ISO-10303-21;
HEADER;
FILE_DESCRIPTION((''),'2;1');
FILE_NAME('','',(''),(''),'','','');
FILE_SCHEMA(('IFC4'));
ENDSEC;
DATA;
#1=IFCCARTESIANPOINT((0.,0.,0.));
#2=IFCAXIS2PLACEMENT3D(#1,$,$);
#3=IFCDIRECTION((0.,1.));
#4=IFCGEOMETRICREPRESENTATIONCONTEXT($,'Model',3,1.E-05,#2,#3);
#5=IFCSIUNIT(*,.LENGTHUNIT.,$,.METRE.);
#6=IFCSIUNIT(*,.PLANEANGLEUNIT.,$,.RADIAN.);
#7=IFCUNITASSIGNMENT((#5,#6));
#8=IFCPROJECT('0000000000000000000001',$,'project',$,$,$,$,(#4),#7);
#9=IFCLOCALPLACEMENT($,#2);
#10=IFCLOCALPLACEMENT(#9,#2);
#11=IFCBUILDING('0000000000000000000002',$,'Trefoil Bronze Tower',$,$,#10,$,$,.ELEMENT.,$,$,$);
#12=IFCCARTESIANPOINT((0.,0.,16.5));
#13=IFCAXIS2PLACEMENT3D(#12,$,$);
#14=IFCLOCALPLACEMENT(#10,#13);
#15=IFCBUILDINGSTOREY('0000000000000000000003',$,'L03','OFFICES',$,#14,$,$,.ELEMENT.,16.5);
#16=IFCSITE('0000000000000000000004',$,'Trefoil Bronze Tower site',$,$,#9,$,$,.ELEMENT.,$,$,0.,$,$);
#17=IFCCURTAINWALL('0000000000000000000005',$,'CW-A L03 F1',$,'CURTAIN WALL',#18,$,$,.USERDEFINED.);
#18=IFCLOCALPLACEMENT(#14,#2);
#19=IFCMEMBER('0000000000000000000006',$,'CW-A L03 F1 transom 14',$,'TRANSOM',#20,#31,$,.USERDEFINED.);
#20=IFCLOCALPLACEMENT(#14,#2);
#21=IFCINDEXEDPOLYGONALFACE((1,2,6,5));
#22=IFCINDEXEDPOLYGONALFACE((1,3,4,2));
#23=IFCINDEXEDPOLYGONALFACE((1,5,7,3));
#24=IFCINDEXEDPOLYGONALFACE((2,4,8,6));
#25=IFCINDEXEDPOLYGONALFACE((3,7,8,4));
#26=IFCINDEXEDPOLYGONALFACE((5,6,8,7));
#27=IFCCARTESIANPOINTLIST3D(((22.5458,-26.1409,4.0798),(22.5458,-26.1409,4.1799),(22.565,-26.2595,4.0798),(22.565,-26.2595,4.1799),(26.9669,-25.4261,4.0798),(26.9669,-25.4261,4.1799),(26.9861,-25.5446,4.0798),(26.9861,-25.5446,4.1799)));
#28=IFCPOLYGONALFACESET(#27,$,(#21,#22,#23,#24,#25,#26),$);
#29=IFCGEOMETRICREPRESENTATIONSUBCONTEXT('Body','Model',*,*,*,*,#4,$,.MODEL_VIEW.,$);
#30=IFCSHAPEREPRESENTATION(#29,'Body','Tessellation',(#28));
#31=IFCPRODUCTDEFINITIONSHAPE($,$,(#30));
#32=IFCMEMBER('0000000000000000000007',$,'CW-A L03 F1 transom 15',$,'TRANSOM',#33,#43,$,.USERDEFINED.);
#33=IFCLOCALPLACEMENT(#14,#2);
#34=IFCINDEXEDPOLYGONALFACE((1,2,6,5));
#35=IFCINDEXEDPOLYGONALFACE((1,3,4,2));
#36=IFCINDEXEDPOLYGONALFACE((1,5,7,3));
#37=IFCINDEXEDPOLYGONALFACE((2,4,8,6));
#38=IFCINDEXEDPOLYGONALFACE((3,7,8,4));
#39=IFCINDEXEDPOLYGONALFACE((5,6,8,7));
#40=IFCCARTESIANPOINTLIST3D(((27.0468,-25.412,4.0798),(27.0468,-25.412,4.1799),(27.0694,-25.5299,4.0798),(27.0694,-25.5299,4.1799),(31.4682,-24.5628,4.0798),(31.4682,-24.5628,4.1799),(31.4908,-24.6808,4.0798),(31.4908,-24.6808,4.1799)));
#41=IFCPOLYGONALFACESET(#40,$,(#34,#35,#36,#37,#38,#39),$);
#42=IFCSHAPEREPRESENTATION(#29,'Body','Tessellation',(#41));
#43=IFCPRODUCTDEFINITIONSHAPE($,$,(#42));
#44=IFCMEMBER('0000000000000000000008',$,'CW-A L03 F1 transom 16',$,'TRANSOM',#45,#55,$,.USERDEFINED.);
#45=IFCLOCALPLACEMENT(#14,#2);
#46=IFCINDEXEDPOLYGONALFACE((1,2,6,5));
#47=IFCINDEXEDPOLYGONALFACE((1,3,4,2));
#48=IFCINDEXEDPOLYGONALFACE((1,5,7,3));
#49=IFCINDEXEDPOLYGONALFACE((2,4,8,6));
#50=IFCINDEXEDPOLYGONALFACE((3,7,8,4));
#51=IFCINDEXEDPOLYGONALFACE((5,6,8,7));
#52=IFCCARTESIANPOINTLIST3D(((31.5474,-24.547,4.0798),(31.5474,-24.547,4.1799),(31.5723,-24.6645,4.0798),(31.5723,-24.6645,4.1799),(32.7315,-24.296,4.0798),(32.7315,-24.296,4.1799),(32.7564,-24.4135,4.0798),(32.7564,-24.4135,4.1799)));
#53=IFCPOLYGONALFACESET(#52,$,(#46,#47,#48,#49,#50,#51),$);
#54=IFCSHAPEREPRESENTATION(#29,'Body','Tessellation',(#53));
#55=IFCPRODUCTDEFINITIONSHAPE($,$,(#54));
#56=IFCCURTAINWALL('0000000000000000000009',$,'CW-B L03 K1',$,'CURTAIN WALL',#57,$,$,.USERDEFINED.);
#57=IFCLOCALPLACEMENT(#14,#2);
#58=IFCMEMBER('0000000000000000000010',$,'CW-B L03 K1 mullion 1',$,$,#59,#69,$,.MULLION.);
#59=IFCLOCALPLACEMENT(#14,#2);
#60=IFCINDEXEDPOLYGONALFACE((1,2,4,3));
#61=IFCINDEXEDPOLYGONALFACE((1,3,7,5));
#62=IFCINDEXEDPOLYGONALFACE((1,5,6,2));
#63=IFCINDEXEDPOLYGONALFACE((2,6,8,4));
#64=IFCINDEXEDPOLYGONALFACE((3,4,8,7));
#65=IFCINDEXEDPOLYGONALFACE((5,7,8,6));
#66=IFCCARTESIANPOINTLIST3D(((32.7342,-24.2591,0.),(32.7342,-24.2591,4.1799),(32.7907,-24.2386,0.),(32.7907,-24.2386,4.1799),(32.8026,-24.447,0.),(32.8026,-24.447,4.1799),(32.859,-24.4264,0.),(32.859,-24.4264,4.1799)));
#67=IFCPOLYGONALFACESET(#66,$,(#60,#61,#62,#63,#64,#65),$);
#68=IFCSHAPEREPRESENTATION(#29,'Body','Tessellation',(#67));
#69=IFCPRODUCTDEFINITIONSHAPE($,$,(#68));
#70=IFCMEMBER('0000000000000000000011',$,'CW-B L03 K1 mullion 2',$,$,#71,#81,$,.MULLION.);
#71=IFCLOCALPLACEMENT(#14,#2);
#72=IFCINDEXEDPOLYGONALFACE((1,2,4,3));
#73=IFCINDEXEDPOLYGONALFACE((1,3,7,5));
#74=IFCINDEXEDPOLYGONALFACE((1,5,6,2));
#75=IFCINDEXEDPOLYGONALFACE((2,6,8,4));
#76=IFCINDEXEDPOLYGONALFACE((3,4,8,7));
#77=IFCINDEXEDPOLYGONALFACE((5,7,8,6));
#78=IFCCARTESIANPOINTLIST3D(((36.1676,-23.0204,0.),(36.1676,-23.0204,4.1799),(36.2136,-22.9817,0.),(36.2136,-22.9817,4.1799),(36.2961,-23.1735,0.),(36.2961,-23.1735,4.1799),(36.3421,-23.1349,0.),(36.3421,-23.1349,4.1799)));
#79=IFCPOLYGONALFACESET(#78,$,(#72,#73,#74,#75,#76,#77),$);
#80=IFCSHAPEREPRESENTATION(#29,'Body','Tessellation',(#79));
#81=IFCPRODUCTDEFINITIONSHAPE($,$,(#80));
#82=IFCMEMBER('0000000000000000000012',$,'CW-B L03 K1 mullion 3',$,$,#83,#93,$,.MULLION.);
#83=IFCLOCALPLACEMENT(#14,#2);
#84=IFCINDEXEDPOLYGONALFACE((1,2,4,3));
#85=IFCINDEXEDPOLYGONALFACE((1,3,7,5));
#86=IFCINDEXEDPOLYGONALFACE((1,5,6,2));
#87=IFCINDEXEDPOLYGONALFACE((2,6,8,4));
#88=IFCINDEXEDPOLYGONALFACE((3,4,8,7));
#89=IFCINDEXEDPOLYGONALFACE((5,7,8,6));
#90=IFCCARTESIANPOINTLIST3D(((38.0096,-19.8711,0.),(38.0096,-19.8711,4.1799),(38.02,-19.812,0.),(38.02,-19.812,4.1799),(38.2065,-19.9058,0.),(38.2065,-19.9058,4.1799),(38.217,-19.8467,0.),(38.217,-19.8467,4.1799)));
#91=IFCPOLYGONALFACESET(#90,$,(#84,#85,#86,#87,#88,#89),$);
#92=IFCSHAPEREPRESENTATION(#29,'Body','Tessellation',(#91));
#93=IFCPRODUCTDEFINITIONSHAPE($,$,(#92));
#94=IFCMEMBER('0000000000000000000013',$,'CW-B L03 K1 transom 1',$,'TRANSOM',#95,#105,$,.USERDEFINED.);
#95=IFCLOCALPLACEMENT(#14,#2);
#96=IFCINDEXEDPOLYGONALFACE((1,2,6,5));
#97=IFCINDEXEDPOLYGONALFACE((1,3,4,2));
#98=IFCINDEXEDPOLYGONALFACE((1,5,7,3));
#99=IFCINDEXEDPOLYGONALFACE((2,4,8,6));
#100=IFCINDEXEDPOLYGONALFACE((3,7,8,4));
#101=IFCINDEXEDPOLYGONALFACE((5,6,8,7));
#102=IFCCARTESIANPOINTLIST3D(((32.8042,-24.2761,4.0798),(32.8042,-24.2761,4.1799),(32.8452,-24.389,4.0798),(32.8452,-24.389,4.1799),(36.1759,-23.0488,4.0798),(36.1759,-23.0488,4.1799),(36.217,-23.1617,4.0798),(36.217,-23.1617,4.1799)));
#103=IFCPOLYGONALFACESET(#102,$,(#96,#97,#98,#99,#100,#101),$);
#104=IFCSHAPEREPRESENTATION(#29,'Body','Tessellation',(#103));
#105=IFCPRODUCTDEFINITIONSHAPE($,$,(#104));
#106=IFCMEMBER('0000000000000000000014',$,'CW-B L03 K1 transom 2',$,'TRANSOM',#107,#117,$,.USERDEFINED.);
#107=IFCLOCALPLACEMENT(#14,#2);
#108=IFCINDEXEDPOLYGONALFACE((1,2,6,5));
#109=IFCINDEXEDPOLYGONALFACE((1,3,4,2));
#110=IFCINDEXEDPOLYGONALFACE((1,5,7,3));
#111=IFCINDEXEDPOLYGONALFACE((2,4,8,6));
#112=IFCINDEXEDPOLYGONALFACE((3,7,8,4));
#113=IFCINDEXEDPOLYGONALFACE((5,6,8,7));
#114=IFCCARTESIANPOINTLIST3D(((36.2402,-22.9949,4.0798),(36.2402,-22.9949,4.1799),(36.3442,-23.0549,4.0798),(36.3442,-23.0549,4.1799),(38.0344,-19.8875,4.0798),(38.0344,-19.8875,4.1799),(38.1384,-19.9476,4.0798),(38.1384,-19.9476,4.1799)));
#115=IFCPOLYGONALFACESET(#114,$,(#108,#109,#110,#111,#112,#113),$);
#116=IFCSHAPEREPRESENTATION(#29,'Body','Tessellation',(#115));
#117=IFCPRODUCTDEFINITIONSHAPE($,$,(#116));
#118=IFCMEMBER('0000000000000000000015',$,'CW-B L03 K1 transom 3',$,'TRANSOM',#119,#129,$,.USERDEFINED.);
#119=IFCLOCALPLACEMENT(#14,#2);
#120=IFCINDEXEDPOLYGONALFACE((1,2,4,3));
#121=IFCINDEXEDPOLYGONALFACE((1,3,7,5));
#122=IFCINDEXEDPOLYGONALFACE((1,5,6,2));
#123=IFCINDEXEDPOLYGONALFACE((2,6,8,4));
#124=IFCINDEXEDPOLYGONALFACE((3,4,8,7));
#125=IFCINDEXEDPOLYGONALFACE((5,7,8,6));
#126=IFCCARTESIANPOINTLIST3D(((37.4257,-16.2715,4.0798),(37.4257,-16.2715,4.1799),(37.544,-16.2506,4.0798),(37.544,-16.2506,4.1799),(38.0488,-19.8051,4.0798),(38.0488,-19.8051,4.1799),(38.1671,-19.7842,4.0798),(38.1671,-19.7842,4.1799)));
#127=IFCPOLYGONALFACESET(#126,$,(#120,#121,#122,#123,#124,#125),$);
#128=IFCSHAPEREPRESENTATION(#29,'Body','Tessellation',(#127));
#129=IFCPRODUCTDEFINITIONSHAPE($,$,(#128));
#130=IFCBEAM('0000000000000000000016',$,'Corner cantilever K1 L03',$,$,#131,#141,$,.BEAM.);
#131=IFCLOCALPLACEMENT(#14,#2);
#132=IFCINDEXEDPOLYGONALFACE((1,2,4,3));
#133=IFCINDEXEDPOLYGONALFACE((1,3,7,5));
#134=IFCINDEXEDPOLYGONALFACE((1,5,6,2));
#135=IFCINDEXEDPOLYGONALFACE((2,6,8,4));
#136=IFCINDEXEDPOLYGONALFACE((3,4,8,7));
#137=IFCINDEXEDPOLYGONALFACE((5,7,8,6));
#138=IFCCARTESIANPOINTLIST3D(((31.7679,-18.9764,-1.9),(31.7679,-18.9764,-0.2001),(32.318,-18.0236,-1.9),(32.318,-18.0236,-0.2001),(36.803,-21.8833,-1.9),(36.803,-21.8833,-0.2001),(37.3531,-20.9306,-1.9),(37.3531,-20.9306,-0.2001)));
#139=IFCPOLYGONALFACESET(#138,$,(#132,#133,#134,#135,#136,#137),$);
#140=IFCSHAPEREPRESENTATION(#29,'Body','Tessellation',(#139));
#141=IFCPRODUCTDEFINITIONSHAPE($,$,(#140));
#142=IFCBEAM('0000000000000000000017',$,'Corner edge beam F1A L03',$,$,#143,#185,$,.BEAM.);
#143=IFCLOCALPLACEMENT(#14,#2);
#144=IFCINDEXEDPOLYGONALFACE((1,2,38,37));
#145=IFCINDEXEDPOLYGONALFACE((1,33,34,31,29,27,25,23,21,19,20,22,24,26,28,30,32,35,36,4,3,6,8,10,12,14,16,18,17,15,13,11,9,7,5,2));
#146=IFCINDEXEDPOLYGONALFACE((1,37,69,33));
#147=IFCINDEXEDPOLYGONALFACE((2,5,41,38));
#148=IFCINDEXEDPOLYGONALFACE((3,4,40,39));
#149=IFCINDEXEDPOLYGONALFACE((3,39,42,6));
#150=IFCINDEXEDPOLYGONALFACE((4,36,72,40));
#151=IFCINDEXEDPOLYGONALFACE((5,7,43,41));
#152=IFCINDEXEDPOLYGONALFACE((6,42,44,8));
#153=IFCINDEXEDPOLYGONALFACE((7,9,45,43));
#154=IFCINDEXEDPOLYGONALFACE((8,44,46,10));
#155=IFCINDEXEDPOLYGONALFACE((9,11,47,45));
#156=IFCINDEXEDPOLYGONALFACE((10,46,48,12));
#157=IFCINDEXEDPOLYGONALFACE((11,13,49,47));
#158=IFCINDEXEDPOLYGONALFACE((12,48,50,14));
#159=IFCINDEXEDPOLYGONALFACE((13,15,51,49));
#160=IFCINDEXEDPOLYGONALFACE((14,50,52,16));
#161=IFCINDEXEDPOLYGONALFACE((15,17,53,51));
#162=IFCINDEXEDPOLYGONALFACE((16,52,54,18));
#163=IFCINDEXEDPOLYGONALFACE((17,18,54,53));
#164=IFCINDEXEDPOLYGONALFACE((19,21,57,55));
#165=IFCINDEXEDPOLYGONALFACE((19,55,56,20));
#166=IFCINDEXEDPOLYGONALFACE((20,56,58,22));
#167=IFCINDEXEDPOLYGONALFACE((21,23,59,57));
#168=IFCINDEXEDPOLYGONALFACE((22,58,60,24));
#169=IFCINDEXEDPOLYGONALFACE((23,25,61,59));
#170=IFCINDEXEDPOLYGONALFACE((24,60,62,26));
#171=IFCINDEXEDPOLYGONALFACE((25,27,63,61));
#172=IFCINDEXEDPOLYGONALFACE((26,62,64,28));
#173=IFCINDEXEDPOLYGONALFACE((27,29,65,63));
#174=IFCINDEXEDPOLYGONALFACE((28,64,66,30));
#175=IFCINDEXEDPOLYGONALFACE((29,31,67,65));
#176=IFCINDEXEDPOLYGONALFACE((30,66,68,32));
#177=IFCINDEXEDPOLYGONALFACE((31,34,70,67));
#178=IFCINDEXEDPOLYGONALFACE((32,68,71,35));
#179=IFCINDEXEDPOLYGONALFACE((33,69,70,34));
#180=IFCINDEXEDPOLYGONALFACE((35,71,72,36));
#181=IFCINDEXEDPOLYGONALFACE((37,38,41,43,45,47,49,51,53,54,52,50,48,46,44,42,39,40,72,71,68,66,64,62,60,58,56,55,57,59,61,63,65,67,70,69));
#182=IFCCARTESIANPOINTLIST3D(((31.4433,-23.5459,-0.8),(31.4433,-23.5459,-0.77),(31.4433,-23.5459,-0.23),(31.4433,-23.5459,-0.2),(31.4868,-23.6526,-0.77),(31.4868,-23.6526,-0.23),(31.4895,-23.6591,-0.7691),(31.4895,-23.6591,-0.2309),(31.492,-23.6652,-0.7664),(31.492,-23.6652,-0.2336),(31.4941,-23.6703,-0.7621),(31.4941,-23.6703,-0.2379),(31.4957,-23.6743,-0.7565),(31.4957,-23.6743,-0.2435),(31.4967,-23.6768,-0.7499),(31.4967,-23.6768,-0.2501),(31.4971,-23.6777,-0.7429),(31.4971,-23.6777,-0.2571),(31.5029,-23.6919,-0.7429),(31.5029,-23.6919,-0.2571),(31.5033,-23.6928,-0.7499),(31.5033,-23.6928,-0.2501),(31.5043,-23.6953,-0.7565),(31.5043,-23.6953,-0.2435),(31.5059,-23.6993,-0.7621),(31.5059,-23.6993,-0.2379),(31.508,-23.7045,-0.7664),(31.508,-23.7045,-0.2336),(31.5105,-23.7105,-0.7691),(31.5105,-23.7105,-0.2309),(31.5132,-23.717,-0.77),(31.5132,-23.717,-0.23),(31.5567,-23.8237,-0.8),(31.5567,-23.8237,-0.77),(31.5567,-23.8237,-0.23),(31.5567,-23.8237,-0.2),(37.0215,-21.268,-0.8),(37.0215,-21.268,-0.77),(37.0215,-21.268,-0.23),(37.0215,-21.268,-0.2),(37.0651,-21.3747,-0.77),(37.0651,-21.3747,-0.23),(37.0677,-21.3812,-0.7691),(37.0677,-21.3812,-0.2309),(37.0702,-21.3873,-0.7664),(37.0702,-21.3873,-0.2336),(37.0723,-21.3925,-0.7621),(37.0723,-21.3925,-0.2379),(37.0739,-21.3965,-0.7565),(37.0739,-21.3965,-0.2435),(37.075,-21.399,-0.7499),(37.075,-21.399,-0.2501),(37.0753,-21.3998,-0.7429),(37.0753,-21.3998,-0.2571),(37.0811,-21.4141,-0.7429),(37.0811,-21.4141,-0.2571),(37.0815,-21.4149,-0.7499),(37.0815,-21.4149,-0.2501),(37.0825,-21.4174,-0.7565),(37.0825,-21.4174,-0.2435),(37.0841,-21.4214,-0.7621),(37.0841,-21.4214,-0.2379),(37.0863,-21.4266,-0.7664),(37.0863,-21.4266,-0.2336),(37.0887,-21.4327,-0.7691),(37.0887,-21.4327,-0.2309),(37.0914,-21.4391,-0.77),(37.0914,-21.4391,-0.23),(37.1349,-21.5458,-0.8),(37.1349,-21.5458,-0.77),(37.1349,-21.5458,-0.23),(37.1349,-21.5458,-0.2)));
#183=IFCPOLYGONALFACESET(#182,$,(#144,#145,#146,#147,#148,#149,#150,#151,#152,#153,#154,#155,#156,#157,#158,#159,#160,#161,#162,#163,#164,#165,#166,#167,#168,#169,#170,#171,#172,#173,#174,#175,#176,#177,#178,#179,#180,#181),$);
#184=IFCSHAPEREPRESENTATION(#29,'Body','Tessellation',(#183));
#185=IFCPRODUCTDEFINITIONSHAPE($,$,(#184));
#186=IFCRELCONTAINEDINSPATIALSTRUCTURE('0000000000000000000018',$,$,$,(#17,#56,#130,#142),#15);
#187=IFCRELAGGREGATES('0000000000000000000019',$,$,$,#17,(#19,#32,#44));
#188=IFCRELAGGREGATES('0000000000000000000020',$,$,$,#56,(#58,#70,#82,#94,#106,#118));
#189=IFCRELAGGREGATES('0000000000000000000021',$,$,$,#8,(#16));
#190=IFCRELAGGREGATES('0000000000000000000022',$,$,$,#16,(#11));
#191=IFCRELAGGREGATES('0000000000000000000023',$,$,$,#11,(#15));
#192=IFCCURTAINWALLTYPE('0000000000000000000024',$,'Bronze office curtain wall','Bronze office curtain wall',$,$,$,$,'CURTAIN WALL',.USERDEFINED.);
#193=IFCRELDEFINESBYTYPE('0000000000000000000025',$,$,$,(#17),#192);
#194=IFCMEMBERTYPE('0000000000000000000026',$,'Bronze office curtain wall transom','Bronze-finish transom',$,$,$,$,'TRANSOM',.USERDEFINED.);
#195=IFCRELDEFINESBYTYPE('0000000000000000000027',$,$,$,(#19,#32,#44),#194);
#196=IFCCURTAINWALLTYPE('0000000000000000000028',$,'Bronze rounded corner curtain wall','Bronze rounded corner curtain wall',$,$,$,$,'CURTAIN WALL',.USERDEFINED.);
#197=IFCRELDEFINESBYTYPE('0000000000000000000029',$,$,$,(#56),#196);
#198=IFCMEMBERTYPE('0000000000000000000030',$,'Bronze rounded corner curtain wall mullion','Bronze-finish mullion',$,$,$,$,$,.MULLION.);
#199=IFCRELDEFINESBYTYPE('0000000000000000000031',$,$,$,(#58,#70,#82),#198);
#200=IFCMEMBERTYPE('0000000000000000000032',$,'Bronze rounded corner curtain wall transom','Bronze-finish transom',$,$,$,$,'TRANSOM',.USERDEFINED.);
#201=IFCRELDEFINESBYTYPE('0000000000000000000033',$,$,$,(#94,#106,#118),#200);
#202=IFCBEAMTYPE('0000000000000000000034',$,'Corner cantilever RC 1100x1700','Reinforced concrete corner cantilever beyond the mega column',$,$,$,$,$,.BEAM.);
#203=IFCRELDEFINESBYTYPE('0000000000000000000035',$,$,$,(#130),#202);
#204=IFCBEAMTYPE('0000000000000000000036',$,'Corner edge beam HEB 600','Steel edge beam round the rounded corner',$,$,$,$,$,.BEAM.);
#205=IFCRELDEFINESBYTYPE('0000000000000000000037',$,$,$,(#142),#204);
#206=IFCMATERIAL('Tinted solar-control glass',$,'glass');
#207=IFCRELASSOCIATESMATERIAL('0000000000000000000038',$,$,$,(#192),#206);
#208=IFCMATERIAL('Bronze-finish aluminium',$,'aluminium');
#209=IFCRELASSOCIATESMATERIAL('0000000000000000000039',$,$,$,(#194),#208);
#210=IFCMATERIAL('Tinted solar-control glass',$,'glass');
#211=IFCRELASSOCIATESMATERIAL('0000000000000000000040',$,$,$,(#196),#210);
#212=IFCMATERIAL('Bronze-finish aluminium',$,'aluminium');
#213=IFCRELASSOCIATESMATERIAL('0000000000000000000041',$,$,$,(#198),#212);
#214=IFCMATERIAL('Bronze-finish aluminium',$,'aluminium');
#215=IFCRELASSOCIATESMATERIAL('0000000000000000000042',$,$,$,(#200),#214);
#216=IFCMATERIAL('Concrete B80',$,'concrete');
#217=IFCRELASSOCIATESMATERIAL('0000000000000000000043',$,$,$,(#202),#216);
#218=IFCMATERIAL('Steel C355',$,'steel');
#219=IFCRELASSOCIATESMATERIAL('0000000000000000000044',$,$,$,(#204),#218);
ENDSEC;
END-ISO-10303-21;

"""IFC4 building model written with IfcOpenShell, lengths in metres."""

from ifc_helpers import new_model, si_unit, direction, frame, origin, origin_2d, place, context, subcontext, project, spatial, rectangle, i_section, extrude, material, material_profile, profile_set, type_object, element, aggregate, save


model = new_model("IFC4")

# Units and contexts
model_context = context("Model", 3, precision=1e-05, world=origin(), true_north=direction((0.0, 1.0)))
body_context = subcontext(model_context, "Body", "Model", "MODEL_VIEW")
ifc_project = project(units=[si_unit("LENGTHUNIT", "METRE"), si_unit("PLANEANGLEUNIT", "RADIAN")], contexts=[model_context])

# Site, building, storey
site_placement = place(None, origin())
site = spatial("IfcSite", under=ifc_project, at=site_placement, Name="Trefoil Bronze Tower site", CompositionType="ELEMENT", RefElevation=0.0)
building_placement = place(site_placement, origin())
building = spatial("IfcBuilding", under=site, at=building_placement, Name="Trefoil Bronze Tower", CompositionType="ELEMENT")
storey_placement = place(building_placement, frame((0.0, 0.0, 16.5)))
storey = spatial("IfcBuildingStorey", under=building, at=storey_placement, Name="L03", Description="OFFICES", CompositionType="ELEMENT", Elevation=16.5)

# Curtain walls, members
ifc_material_1 = material(Name="Tinted solar-control glass", Category="glass")
curtain_wall_type_1 = type_object("IfcCurtainWallType", Name="Bronze office curtain wall", Description="Bronze office curtain wall", ElementType="CURTAIN WALL", PredefinedType="USERDEFINED", material=ifc_material_1)
curtain_wall_1_placement = place(storey_placement, origin())
curtain_wall_1 = element("IfcCurtainWall", 1, at=curtain_wall_1_placement, inside=storey, type_object=curtain_wall_type_1, Name="CW-A L03 F1", ObjectType="CURTAIN WALL", PredefinedType="USERDEFINED")
ifc_material_2 = material(Name="Bronze-finish aluminium", Category="aluminium")
ifc_material_profile_1 = material_profile(ifc_material_2, rectangle(XDim=0.1201, YDim=0.1001, at=origin_2d()), Name="CW-A transom")
ifc_profile_set_1 = profile_set([ifc_material_profile_1], Name="Bronze-finish aluminium")
member_type_1 = type_object("IfcMemberType", Name="Bronze office curtain wall transom", Description="Bronze-finish transom", ElementType="TRANSOM", PredefinedType="USERDEFINED", material=ifc_profile_set_1)
member_1_placement = place(storey_placement, frame((22.5554, -26.2002, 4.1299), z_axis=(0.987179, 0.159615, 0.0), x_axis=(-0.159615, 0.987179, 0.0)))
member_1 = element("IfcMember", 2, at=member_1_placement, type_object=member_type_1, Name="CW-A L03 F1 transom 14", ObjectType="TRANSOM", PredefinedType="USERDEFINED", context=body_context, shape_type="SweptSolid", body=[
    extrude(rectangle(XDim=0.1201, YDim=0.1001, at=origin_2d()), origin(), (0.0, 0.0, 1.0), 4.4785),
])
member_2_placement = place(storey_placement, frame((27.0581, -25.4709, 4.1299), z_axis=(0.982054, 0.188602, 0.0), x_axis=(-0.188602, 0.982054, 0.0)))
member_2 = element("IfcMember", 3, at=member_2_placement, type_object=member_type_1, Name="CW-A L03 F1 transom 15", ObjectType="TRANSOM", PredefinedType="USERDEFINED", context=body_context, shape_type="SweptSolid", body=[
    extrude(rectangle(XDim=0.1201, YDim=0.1001, at=origin_2d()), origin(), (0.0, 0.0, 1.0), 4.5022),
])
member_3_placement = place(storey_placement, frame((31.5598, -24.6057, 4.1299), z_axis=(0.978266, 0.207352, 0.0), x_axis=(-0.207352, 0.978266, 0.0)))
member_3 = element("IfcMember", 4, at=member_3_placement, type_object=member_type_1, Name="CW-A L03 F1 transom 16", ObjectType="TRANSOM", PredefinedType="USERDEFINED", context=body_context, shape_type="SweptSolid", body=[
    extrude(rectangle(XDim=0.1201, YDim=0.1001, at=origin_2d()), origin(), (0.0, 0.0, 1.0), 1.2104),
])
ifc_material_3 = material(Name="Tinted solar-control glass", Category="glass")
curtain_wall_type_2 = type_object("IfcCurtainWallType", Name="Bronze rounded corner curtain wall", Description="Bronze rounded corner curtain wall", ElementType="CURTAIN WALL", PredefinedType="USERDEFINED", material=ifc_material_3)
curtain_wall_2_placement = place(storey_placement, origin())
curtain_wall_2 = element("IfcCurtainWall", 5, at=curtain_wall_2_placement, inside=storey, type_object=curtain_wall_type_2, Name="CW-B L03 K1", ObjectType="CURTAIN WALL", PredefinedType="USERDEFINED")
ifc_material_4 = material(Name="Bronze-finish aluminium", Category="aluminium")
ifc_material_profile_2 = material_profile(ifc_material_4, rectangle(XDim=0.2, YDim=0.0601, at=origin_2d()), Name="CW-B mullion")
ifc_profile_set_2 = profile_set([ifc_material_profile_2], Name="Bronze-finish aluminium")
member_type_2 = type_object("IfcMemberType", Name="Bronze rounded corner curtain wall mullion", Description="Bronze-finish mullion", PredefinedType="MULLION", material=ifc_profile_set_2)
member_4_placement = place(storey_placement, frame((32.7966, -24.3428, 0.0), z_axis=(0.0, 0.0, 1.0), x_axis=(-0.34202, 0.939693, 0.0)))
member_4 = element("IfcMember", 6, at=member_4_placement, type_object=member_type_2, Name="CW-B L03 K1 mullion 1", PredefinedType="MULLION", context=body_context, shape_type="SweptSolid", body=[
    extrude(rectangle(XDim=0.2, YDim=0.0601, at=origin_2d()), origin(), (0.0, 0.0, 1.0), 4.1799),
])
member_5_placement = place(storey_placement, frame((36.2549, -23.0776, 0.0), z_axis=(0.0, 0.0, 1.0), x_axis=(-0.642788, 0.766044, 0.0)))
member_5 = element("IfcMember", 7, at=member_5_placement, type_object=member_type_2, Name="CW-B L03 K1 mullion 2", PredefinedType="MULLION", context=body_context, shape_type="SweptSolid", body=[
    extrude(rectangle(XDim=0.2, YDim=0.0601, at=origin_2d()), origin(), (0.0, 0.0, 1.0), 4.1799),
])
member_6_placement = place(storey_placement, frame((38.1133, -19.8589, 0.0), z_axis=(0.0, 0.0, 1.0), x_axis=(-0.984808, 0.173648, 0.0)))
member_6 = element("IfcMember", 8, at=member_6_placement, type_object=member_type_2, Name="CW-B L03 K1 mullion 3", PredefinedType="MULLION", context=body_context, shape_type="SweptSolid", body=[
    extrude(rectangle(XDim=0.2, YDim=0.0601, at=origin_2d()), origin(), (0.0, 0.0, 1.0), 4.1799),
])
ifc_material_5 = material(Name="Bronze-finish aluminium", Category="aluminium")
ifc_material_profile_3 = material_profile(ifc_material_5, rectangle(XDim=0.1201, YDim=0.1001, at=origin_2d()), Name="CW-B transom")
ifc_profile_set_3 = profile_set([ifc_material_profile_3], Name="Bronze-finish aluminium")
member_type_3 = type_object("IfcMemberType", Name="Bronze rounded corner curtain wall transom", Description="Bronze-finish transom", ElementType="TRANSOM", PredefinedType="USERDEFINED", material=ifc_profile_set_3)
member_7_placement = place(storey_placement, frame((32.8247, -24.3325, 4.1299), z_axis=(0.939688, 0.342033, 0.0), x_axis=(-0.342033, 0.939688, 0.0)))
member_7 = element("IfcMember", 9, at=member_7_placement, type_object=member_type_3, Name="CW-B L03 K1 transom 1", ObjectType="TRANSOM", PredefinedType="USERDEFINED", context=body_context, shape_type="SweptSolid", body=[
    extrude(rectangle(XDim=0.1201, YDim=0.1001, at=origin_2d()), origin(), (0.0, 0.0, 1.0), 3.5881),
])
member_8_placement = place(storey_placement, frame((36.2922, -23.0249, 4.1299), z_axis=(0.500025, 0.866011, 0.0), x_axis=(-0.866011, 0.500025, 0.0)))
member_8 = element("IfcMember", 10, at=member_8_placement, type_object=member_type_3, Name="CW-B L03 K1 transom 2", ObjectType="TRANSOM", PredefinedType="USERDEFINED", context=body_context, shape_type="SweptSolid", body=[
    extrude(rectangle(XDim=0.1201, YDim=0.1001, at=origin_2d()), origin(), (0.0, 0.0, 1.0), 3.5881),
])
member_9_placement = place(storey_placement, frame((38.1079, -19.7947, 4.1299), z_axis=(-0.173638, 0.98481, 0.0), x_axis=(-0.98481, -0.173638, 0.0)))
member_9 = element("IfcMember", 11, at=member_9_placement, type_object=member_type_3, Name="CW-B L03 K1 transom 3", ObjectType="TRANSOM", PredefinedType="USERDEFINED", context=body_context, shape_type="SweptSolid", body=[
    extrude(rectangle(XDim=0.1201, YDim=0.1001, at=origin_2d()), origin(), (0.0, 0.0, 1.0), 3.5881),
])

# Beams
ifc_material_6 = material(Name="Concrete B80", Category="concrete")
ifc_material_profile_4 = material_profile(ifc_material_6, rectangle(XDim=1.1001, YDim=1.7, at=origin_2d()), Name="RC 1100x1700")
ifc_profile_set_4 = profile_set([ifc_material_profile_4], Name="Concrete B80")
beam_type_1 = type_object("IfcBeamType", Name="Corner cantilever RC 1100x1700", Description="Reinforced concrete corner cantilever beyond the mega column", PredefinedType="BEAM", material=ifc_profile_set_4)
beam_1_placement = place(storey_placement, frame((32.043, -18.5, -1.05), z_axis=(0.86603, -0.499991, 0.0), x_axis=(0.499991, 0.86603, 0.0)))
element("IfcBeam", 12, at=beam_1_placement, inside=storey, type_object=beam_type_1, Name="Corner cantilever K1 L03", PredefinedType="BEAM", context=body_context, shape_type="SweptSolid", body=[
    extrude(rectangle(XDim=1.1001, YDim=1.7, at=origin_2d()), origin(), (0.0, 0.0, 1.0), 5.814),
])
ifc_material_7 = material(Name="Steel C355", Category="steel")
ifc_material_profile_5 = material_profile(ifc_material_7, i_section(OverallWidth=0.3, OverallDepth=0.6001, WebThickness=0.0154, FlangeThickness=0.03, FilletRadius=0.0271, at=origin_2d()), Name="HEB 600")
ifc_profile_set_5 = profile_set([ifc_material_profile_5], Name="Steel C355")
beam_type_2 = type_object("IfcBeamType", Name="Corner edge beam HEB 600", Description="Steel edge beam round the rounded corner", PredefinedType="BEAM", material=ifc_profile_set_5)
beam_2_placement = place(storey_placement, frame((31.5, -23.6848, -0.5), z_axis=(0.925787, 0.378046, 0.0), x_axis=(-0.378046, 0.925787, 0.0)))
element("IfcBeam", 13, at=beam_2_placement, inside=storey, type_object=beam_type_2, Name="Corner edge beam F1A L03", PredefinedType="BEAM", context=body_context, shape_type="SweptSolid", body=[
    extrude(i_section(OverallWidth=0.3, OverallDepth=0.6001, WebThickness=0.0154, FlangeThickness=0.03, FilletRadius=0.0271, at=origin_2d()), origin(), (0.0, 0.0, 1.0), 6.0254),
])

aggregate(curtain_wall_1, [member_1, member_2, member_3])
aggregate(curtain_wall_2, [member_4, member_5, member_6, member_7, member_8, member_9])

save(model, "model.ifc")
